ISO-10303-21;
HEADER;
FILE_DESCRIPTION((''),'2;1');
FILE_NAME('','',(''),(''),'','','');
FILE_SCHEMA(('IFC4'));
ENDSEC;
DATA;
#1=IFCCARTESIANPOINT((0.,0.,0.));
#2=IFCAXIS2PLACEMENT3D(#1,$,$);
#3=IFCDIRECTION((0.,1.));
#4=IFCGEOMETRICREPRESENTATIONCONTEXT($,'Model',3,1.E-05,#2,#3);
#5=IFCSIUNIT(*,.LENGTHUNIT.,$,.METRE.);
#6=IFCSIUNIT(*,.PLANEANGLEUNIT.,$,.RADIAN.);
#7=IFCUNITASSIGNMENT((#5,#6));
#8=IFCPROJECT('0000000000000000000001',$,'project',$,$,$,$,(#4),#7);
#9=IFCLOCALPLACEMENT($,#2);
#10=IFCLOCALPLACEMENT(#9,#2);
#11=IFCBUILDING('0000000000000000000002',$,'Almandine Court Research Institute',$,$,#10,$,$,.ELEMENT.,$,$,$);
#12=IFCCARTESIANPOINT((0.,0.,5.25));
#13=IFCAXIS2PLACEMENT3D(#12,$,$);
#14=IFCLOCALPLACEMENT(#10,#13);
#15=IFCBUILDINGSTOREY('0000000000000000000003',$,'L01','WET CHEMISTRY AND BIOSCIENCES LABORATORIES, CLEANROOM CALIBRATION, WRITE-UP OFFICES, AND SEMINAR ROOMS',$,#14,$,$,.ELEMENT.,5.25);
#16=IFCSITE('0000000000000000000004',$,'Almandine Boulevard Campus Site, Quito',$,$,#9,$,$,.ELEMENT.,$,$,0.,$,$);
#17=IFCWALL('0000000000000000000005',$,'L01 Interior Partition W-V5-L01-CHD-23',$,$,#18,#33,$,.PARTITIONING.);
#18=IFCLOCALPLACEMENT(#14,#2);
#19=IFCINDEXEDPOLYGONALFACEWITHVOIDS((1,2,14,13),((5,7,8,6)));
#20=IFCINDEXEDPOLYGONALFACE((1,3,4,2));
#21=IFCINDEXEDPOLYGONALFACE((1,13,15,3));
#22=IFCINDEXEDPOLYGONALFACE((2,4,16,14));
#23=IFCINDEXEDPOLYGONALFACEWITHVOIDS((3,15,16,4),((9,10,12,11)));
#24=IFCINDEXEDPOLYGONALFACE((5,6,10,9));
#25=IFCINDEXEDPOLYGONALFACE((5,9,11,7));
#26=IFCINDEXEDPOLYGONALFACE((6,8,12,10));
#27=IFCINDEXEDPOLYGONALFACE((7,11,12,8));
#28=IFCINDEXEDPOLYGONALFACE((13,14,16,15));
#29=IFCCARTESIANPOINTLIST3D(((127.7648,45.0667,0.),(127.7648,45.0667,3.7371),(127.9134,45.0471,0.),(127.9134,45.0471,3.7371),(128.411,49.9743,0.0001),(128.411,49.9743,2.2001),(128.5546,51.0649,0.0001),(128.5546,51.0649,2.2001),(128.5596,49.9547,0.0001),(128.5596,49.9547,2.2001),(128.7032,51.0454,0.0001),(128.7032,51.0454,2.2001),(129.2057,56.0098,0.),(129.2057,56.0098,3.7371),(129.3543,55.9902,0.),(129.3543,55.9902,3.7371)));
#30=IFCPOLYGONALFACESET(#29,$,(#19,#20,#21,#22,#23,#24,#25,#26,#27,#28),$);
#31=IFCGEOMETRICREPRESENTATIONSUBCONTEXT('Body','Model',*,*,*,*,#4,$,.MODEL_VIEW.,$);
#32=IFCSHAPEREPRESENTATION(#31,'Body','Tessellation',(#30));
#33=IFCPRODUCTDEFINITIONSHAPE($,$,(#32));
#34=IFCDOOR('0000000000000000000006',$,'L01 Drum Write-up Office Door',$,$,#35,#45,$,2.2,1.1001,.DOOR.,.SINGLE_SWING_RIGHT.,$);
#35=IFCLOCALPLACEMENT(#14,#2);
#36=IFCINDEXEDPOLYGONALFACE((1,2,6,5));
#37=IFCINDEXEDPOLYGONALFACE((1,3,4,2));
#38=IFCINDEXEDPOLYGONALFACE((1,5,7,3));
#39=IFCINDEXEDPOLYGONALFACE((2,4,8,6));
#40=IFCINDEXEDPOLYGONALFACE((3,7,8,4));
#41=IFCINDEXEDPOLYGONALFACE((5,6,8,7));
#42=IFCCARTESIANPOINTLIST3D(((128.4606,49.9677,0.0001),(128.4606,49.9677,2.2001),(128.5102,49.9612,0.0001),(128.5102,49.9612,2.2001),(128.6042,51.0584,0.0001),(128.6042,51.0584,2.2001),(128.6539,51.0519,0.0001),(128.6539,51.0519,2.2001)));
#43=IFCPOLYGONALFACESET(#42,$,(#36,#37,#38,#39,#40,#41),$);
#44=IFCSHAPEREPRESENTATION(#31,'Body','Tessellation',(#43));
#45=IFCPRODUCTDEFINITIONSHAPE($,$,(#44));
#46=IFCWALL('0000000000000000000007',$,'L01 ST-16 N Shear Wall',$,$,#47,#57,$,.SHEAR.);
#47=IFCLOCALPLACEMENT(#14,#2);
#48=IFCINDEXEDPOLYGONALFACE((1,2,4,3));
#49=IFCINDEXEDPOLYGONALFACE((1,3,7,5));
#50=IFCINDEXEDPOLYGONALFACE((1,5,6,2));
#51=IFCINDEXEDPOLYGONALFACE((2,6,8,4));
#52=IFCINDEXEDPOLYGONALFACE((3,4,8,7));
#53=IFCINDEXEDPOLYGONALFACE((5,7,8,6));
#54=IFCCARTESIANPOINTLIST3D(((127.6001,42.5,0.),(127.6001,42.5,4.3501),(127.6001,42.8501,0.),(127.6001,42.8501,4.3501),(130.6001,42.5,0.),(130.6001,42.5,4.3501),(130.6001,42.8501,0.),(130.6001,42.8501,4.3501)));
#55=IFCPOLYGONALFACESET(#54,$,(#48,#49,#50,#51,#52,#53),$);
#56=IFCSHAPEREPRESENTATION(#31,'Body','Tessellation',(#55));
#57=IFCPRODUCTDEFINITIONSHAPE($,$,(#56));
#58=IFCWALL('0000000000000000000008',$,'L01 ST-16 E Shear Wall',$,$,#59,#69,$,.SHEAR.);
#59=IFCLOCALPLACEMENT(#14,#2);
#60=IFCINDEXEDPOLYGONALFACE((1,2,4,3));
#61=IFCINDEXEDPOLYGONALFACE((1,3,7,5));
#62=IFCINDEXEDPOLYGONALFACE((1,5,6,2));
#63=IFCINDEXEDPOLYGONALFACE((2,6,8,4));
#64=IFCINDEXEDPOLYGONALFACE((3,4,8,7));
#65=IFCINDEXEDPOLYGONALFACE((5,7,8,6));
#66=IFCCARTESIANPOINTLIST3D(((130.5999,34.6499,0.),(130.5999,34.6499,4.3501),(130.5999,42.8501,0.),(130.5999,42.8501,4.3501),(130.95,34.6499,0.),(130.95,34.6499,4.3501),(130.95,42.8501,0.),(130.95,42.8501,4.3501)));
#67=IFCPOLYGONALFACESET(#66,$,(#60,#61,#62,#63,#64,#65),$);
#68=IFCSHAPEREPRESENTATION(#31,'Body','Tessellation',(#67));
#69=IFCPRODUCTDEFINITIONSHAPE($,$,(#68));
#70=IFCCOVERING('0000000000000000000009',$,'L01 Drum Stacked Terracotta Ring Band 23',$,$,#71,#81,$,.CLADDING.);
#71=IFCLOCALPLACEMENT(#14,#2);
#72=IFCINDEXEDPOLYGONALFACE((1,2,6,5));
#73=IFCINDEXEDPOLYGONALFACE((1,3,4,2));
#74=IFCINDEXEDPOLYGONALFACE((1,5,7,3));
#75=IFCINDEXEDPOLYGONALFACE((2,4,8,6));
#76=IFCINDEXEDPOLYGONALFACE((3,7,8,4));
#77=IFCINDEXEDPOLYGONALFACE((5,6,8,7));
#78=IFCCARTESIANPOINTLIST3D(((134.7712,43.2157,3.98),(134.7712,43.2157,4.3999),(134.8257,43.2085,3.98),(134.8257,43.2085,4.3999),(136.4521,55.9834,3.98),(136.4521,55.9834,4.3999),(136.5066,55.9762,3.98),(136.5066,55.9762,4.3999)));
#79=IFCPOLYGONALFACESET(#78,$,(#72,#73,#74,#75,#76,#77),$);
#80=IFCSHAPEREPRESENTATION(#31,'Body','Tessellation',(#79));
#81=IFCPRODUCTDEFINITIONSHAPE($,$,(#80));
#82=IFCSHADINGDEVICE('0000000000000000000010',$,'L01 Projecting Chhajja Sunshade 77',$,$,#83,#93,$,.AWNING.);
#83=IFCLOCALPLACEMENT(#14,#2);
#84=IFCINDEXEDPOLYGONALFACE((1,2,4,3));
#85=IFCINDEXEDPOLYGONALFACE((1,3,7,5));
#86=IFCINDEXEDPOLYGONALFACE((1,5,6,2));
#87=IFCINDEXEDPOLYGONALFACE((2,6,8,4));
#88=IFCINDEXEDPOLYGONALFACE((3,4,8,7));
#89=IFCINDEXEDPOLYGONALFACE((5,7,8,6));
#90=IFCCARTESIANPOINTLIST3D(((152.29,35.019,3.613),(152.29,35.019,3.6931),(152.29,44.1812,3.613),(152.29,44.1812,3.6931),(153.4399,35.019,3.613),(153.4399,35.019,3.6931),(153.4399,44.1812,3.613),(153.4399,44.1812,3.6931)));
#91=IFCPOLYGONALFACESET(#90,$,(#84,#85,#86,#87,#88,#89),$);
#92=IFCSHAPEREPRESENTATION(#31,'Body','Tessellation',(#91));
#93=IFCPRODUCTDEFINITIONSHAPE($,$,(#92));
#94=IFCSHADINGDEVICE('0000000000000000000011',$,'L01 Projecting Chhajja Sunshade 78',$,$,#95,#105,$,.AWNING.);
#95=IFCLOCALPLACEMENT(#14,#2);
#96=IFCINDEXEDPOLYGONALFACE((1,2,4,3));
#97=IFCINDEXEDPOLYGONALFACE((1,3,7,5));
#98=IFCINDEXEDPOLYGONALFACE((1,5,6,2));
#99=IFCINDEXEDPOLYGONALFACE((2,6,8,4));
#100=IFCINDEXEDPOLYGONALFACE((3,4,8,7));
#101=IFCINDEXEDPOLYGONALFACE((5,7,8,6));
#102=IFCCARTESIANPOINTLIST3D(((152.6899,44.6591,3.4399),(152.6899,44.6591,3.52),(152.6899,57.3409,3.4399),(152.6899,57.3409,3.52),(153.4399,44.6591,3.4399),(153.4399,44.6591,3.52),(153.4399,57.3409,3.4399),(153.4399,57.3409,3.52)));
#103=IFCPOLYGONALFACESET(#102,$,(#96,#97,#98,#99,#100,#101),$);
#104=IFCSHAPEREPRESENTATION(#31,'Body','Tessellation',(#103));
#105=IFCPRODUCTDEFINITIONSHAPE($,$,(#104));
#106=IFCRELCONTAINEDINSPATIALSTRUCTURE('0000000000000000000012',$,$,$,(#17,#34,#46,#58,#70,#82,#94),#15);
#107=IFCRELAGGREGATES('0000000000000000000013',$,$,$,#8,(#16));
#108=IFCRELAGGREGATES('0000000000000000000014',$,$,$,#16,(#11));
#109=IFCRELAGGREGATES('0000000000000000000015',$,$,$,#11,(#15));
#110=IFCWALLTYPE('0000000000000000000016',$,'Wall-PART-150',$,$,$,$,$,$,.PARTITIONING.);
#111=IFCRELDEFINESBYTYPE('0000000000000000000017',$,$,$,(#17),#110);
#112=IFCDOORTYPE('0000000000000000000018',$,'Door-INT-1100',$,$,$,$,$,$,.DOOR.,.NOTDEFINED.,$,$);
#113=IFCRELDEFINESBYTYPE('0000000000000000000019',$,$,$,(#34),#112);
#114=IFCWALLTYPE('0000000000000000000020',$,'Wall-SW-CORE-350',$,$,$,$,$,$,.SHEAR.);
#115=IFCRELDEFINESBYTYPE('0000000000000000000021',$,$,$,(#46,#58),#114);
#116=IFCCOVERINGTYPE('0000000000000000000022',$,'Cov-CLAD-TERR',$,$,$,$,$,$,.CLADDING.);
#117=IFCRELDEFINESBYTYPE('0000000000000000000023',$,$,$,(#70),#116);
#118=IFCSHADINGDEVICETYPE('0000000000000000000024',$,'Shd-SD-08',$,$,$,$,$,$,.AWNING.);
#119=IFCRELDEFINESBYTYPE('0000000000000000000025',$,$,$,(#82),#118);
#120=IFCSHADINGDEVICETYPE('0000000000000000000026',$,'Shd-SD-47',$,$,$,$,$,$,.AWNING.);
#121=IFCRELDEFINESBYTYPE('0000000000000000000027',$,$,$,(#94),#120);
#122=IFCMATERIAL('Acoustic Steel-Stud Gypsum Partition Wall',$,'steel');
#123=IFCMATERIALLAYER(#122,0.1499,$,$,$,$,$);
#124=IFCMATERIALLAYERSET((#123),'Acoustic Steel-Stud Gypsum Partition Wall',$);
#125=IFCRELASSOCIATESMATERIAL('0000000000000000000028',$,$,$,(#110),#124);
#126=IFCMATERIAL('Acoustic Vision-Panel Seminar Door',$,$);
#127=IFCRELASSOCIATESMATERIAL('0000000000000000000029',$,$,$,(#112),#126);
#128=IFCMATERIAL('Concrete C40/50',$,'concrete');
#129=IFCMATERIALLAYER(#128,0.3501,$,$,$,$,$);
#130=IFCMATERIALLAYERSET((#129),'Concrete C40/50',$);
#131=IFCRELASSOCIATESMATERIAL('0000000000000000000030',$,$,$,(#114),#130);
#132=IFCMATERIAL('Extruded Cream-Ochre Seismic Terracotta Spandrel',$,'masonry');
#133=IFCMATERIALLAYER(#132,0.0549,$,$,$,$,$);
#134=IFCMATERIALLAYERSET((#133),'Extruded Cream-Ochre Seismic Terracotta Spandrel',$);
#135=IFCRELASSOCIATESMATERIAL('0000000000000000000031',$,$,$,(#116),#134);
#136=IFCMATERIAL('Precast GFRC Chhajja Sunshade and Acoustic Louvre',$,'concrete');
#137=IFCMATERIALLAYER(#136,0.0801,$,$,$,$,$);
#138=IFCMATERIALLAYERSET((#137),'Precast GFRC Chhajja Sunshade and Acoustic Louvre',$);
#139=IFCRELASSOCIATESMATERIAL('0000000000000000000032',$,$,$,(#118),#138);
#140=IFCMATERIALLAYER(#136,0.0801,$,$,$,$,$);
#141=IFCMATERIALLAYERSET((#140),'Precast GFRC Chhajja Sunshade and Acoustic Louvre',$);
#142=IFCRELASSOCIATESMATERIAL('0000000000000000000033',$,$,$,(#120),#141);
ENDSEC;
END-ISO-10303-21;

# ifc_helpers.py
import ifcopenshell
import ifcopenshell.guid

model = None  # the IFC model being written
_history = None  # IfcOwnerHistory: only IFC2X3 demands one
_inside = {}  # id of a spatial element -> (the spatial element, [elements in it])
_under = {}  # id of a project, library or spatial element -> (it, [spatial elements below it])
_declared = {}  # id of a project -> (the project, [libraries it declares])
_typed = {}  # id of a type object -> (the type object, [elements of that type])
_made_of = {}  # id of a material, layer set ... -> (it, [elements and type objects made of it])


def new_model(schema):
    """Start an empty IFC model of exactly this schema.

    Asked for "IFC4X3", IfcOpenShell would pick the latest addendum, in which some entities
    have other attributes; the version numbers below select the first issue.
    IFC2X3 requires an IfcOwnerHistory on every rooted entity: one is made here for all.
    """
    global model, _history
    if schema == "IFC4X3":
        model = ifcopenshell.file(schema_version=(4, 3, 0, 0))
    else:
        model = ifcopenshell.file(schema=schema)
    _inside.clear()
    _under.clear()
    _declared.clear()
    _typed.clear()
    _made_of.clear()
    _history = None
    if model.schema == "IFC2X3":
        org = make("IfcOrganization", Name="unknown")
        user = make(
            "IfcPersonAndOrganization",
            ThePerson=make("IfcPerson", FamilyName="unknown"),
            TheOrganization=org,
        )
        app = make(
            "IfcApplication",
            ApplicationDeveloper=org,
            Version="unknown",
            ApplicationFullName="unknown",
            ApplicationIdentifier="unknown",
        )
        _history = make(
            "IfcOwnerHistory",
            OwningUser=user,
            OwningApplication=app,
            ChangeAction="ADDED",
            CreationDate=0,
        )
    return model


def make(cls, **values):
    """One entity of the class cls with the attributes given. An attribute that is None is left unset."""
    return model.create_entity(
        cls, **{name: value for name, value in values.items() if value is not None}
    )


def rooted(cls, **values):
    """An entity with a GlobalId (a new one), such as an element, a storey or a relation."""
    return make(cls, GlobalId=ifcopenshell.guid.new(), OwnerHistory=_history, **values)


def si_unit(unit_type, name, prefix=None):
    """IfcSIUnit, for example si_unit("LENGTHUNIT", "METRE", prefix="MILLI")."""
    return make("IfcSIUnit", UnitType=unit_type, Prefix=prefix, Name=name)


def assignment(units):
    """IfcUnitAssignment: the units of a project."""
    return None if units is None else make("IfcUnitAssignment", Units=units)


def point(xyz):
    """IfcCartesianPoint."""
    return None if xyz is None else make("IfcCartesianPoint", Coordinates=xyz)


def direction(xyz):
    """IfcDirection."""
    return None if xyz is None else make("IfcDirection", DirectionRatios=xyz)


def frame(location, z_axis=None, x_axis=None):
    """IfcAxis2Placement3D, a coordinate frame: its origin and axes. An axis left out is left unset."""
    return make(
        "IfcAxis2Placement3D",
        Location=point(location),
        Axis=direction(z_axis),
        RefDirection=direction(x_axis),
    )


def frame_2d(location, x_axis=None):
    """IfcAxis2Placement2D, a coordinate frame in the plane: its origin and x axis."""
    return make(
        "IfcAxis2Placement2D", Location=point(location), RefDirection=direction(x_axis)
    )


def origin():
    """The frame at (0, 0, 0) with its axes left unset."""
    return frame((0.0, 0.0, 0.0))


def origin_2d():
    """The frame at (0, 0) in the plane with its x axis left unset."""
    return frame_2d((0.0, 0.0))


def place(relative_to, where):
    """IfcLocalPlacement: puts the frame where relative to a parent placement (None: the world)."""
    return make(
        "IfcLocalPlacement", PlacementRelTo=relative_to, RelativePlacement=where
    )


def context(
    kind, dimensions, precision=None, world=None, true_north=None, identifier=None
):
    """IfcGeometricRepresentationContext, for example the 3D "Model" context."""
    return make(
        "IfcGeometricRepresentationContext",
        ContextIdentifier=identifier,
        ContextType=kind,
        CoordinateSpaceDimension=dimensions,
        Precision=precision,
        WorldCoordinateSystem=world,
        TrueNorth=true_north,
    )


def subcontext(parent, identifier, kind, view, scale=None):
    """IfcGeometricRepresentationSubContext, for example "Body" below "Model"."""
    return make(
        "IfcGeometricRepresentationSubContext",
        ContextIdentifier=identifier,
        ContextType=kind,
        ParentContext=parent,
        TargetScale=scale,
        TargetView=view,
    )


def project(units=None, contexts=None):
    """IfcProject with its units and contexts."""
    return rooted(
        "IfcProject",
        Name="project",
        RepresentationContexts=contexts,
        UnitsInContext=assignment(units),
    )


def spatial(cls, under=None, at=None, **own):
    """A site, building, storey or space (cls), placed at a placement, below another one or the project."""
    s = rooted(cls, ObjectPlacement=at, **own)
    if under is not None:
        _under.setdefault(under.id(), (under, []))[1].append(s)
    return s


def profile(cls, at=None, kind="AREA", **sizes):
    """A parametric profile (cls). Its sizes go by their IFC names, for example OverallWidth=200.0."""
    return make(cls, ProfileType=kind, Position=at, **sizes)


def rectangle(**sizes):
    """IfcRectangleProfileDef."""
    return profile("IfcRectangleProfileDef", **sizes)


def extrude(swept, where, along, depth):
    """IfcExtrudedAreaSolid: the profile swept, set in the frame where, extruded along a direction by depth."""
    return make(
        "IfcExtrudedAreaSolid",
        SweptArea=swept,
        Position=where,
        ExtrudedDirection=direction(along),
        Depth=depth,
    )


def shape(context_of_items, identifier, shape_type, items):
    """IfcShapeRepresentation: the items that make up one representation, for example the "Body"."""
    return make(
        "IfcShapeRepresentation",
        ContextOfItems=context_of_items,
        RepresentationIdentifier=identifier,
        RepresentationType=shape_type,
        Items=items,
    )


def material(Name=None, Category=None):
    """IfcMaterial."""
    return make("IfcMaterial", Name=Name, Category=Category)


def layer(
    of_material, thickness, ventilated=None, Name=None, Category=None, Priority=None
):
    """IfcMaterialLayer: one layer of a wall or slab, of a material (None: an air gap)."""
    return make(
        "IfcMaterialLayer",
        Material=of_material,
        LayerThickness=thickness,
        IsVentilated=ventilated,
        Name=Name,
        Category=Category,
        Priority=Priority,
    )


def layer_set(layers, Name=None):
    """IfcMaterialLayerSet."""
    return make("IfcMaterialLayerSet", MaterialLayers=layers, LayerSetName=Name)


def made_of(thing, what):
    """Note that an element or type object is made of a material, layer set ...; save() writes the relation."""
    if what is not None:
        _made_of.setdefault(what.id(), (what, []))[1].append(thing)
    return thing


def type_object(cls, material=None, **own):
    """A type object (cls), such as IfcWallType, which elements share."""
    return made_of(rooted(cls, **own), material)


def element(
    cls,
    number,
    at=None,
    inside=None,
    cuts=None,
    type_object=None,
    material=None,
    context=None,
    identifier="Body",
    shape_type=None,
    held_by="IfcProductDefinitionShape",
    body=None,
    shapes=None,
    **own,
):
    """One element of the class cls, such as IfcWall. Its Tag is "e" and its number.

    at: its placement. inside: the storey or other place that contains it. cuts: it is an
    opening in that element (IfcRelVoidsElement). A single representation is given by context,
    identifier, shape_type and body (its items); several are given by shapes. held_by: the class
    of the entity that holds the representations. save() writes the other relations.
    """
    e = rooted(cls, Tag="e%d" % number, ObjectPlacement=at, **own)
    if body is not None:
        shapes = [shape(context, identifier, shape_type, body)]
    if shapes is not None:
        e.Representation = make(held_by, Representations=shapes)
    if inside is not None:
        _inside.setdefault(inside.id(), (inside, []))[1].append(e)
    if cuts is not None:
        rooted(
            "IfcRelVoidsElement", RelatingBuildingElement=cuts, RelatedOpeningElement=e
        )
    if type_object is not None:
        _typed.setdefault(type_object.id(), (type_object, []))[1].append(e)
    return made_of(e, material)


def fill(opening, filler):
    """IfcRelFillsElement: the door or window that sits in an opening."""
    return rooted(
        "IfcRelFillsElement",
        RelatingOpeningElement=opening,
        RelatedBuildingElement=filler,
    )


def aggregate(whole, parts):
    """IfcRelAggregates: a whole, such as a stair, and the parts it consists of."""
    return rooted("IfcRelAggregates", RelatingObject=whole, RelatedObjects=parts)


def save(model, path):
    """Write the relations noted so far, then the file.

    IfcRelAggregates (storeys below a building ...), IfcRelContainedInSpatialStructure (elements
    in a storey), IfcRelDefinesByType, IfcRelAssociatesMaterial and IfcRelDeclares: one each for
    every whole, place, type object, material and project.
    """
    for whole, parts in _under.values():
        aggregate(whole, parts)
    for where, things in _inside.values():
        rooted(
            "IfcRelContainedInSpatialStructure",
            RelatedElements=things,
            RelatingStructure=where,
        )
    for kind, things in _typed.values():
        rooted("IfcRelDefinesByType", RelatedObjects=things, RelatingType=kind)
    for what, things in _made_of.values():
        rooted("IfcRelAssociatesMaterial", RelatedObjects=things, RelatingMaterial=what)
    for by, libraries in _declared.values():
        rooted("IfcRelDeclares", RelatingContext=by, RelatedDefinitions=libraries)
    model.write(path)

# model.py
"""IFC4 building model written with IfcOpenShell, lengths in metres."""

from ifc_helpers import new_model, si_unit, direction, frame, frame_2d, origin, origin_2d, place, context, subcontext, project, spatial, rectangle, extrude, material, layer, layer_set, type_object, element, fill, save


model = new_model("IFC4")

# Units and contexts
model_context = context("Model", 3, precision=1e-05, world=origin(), true_north=direction((0.0, 1.0)))
body_context = subcontext(model_context, "Body", "Model", "MODEL_VIEW")
ifc_project = project(units=[si_unit("LENGTHUNIT", "METRE"), si_unit("PLANEANGLEUNIT", "RADIAN")], contexts=[model_context])

# Site, building, storey
site_placement = place(None, origin())
site = spatial("IfcSite", under=ifc_project, at=site_placement, Name="Almandine Boulevard Campus Site, Quito", CompositionType="ELEMENT", RefElevation=0.0)
building_placement = place(site_placement, origin())
building = spatial("IfcBuilding", under=site, at=building_placement, Name="Almandine Court Research Institute", CompositionType="ELEMENT")
storey_placement = place(building_placement, frame((0.0, 0.0, 5.25)))
storey = spatial("IfcBuildingStorey", under=building, at=storey_placement, Name="L01", Description="WET CHEMISTRY AND BIOSCIENCES LABORATORIES, CLEANROOM CALIBRATION, WRITE-UP OFFICES, AND SEMINAR ROOMS", CompositionType="ELEMENT", Elevation=5.25)

# Wall, opening, door
ifc_material_1 = material(Name="Acoustic Steel-Stud Gypsum Partition Wall", Category="steel")
ifc_layer_1 = layer(ifc_material_1, 0.1499)
ifc_layer_set_1 = layer_set([ifc_layer_1], Name="Acoustic Steel-Stud Gypsum Partition Wall")
wall_type_1 = type_object("IfcWallType", Name="Wall-PART-150", PredefinedType="PARTITIONING", material=ifc_layer_set_1)
wall_1_placement = place(storey_placement, frame((127.8391, 45.0569, 0.0), z_axis=(0.0, 0.0, 1.0), x_axis=(0.130547, 0.991442, 0.0)))
wall_1 = element("IfcWall", 1, at=wall_1_placement, inside=storey, type_object=wall_type_1, Name="L01 Interior Partition W-V5-L01-CHD-23", PredefinedType="PARTITIONING", context=body_context, shape_type="SweptSolid", body=[
    extrude(rectangle(XDim=11.0376, YDim=0.1499, at=frame_2d((5.5188, 0.0))), origin(), (0.0, 0.0, 1.0), 3.7371),
])
opening_placement = place(wall_1_placement, frame((4.95, 0.0, 0.0)))
opening = element("IfcOpeningElement", 2, at=opening_placement, cuts=wall_1, PredefinedType="OPENING", context=body_context, shape_type="SweptSolid", body=[
    extrude(rectangle(XDim=1.1001, YDim=2.2, at=frame_2d((0.55, 1.1001))), frame((0.0, 0.085, 0.0), z_axis=(0.0, -1.0, 0.0), x_axis=(1.0, 0.0, 0.0)), (0.0, 0.0, 1.0), 0.1699),
])
ifc_material_2 = material(Name="Acoustic Vision-Panel Seminar Door")
door_type = type_object("IfcDoorType", Name="Door-INT-1100", OperationType="NOTDEFINED", PredefinedType="DOOR", material=ifc_material_2)
door_placement = place(opening_placement, origin())
door = element("IfcDoor", 3, at=door_placement, inside=storey, type_object=door_type, Name="L01 Drum Write-up Office Door", OperationType="SINGLE_SWING_RIGHT", OverallHeight=2.2, OverallWidth=1.1001, PredefinedType="DOOR", context=body_context, shape_type="SweptSolid", body=[
    extrude(rectangle(XDim=1.1001, YDim=2.2, at=frame_2d((0.55, 1.1001))), frame((0.0, 0.0249, 0.0), z_axis=(0.0, -1.0, 0.0), x_axis=(1.0, 0.0, 0.0)), (0.0, 0.0, 1.0), 0.05),
])
fill(opening, door)

# Walls
ifc_material_3 = material(Name="Concrete C40/50", Category="concrete")
ifc_layer_2 = layer(ifc_material_3, 0.3501)
ifc_layer_set_2 = layer_set([ifc_layer_2], Name="Concrete C40/50")
wall_type_2 = type_object("IfcWallType", Name="Wall-SW-CORE-350", PredefinedType="SHEAR", material=ifc_layer_set_2)
wall_2_placement = place(storey_placement, frame((127.6001, 42.675, 0.0), z_axis=(0.0, 0.0, 1.0), x_axis=(1.0, 0.0, 0.0)))
element("IfcWall", 4, at=wall_2_placement, inside=storey, type_object=wall_type_2, Name="L01 ST-16 N Shear Wall", PredefinedType="SHEAR", context=body_context, shape_type="SweptSolid", body=[
    extrude(rectangle(XDim=3.0, YDim=0.3501, at=frame_2d((1.5, 0.0))), origin(), (0.0, 0.0, 1.0), 4.3501),
])
wall_3_placement = place(storey_placement, frame((130.7749, 42.8501, 0.0), z_axis=(0.0, 0.0, 1.0), x_axis=(0.0, -1.0, 0.0)))
element("IfcWall", 5, at=wall_3_placement, inside=storey, type_object=wall_type_2, Name="L01 ST-16 E Shear Wall", PredefinedType="SHEAR", context=body_context, shape_type="SweptSolid", body=[
    extrude(rectangle(XDim=8.2002, YDim=0.3501, at=frame_2d((4.1001, 0.0))), origin(), (0.0, 0.0, 1.0), 4.3501),
])

# Covering
ifc_material_4 = material(Name="Extruded Cream-Ochre Seismic Terracotta Spandrel", Category="masonry")
ifc_layer_3 = layer(ifc_material_4, 0.0549)
ifc_layer_set_3 = layer_set([ifc_layer_3], Name="Extruded Cream-Ochre Seismic Terracotta Spandrel")
covering_type = type_object("IfcCoveringType", Name="Cov-CLAD-TERR", PredefinedType="CLADDING", material=ifc_layer_set_3)
covering_placement = place(storey_placement, frame((135.6389, 49.5959, 3.98), z_axis=(0.0, 0.0, 1.0), x_axis=(-0.130526, -0.991445, 0.0)))
element("IfcCovering", 6, at=covering_placement, inside=storey, type_object=covering_type, Name="L01 Drum Stacked Terracotta Ring Band 23", PredefinedType="CLADDING", context=body_context, shape_type="SweptSolid", body=[
    extrude(rectangle(XDim=12.8779, YDim=0.0549, at=origin_2d()), origin(), (0.0, 0.0, 1.0), 0.4199),
])

# Shading devices
ifc_material_5 = material(Name="Precast GFRC Chhajja Sunshade and Acoustic Louvre", Category="concrete")
ifc_layer_4 = layer(ifc_material_5, 0.0801)
ifc_layer_set_4 = layer_set([ifc_layer_4], Name="Precast GFRC Chhajja Sunshade and Acoustic Louvre")
shading_device_type_1 = type_object("IfcShadingDeviceType", Name="Shd-SD-08", PredefinedType="AWNING", material=ifc_layer_set_4)
shading_device_1_placement = place(storey_placement, frame((152.865, 39.6001, 3.613), z_axis=(0.0, 0.0, 1.0), x_axis=(0.0, 1.0, 0.0)))
element("IfcShadingDevice", 7, at=shading_device_1_placement, inside=storey, type_object=shading_device_type_1, Name="L01 Projecting Chhajja Sunshade 77", PredefinedType="AWNING", context=body_context, shape_type="SweptSolid", body=[
    extrude(rectangle(XDim=9.1621, YDim=1.1499, at=origin_2d()), origin(), (0.0, 0.0, 1.0), 0.0801),
])
ifc_layer_5 = layer(ifc_material_5, 0.0801)
ifc_layer_set_5 = layer_set([ifc_layer_5], Name="Precast GFRC Chhajja Sunshade and Acoustic Louvre")
shading_device_type_2 = type_object("IfcShadingDeviceType", Name="Shd-SD-47", PredefinedType="AWNING", material=ifc_layer_set_5)
shading_device_2_placement = place(storey_placement, frame((153.0649, 51.0, 3.4399), z_axis=(0.0, 0.0, 1.0), x_axis=(0.0, 1.0, 0.0)))
element("IfcShadingDevice", 8, at=shading_device_2_placement, inside=storey, type_object=shading_device_type_2, Name="L01 Projecting Chhajja Sunshade 78", PredefinedType="AWNING", context=body_context, shape_type="SweptSolid", body=[
    extrude(rectangle(XDim=12.6819, YDim=0.75, at=origin_2d()), origin(), (0.0, 0.0, 1.0), 0.0801),
])

save(model, "model.ifc")
